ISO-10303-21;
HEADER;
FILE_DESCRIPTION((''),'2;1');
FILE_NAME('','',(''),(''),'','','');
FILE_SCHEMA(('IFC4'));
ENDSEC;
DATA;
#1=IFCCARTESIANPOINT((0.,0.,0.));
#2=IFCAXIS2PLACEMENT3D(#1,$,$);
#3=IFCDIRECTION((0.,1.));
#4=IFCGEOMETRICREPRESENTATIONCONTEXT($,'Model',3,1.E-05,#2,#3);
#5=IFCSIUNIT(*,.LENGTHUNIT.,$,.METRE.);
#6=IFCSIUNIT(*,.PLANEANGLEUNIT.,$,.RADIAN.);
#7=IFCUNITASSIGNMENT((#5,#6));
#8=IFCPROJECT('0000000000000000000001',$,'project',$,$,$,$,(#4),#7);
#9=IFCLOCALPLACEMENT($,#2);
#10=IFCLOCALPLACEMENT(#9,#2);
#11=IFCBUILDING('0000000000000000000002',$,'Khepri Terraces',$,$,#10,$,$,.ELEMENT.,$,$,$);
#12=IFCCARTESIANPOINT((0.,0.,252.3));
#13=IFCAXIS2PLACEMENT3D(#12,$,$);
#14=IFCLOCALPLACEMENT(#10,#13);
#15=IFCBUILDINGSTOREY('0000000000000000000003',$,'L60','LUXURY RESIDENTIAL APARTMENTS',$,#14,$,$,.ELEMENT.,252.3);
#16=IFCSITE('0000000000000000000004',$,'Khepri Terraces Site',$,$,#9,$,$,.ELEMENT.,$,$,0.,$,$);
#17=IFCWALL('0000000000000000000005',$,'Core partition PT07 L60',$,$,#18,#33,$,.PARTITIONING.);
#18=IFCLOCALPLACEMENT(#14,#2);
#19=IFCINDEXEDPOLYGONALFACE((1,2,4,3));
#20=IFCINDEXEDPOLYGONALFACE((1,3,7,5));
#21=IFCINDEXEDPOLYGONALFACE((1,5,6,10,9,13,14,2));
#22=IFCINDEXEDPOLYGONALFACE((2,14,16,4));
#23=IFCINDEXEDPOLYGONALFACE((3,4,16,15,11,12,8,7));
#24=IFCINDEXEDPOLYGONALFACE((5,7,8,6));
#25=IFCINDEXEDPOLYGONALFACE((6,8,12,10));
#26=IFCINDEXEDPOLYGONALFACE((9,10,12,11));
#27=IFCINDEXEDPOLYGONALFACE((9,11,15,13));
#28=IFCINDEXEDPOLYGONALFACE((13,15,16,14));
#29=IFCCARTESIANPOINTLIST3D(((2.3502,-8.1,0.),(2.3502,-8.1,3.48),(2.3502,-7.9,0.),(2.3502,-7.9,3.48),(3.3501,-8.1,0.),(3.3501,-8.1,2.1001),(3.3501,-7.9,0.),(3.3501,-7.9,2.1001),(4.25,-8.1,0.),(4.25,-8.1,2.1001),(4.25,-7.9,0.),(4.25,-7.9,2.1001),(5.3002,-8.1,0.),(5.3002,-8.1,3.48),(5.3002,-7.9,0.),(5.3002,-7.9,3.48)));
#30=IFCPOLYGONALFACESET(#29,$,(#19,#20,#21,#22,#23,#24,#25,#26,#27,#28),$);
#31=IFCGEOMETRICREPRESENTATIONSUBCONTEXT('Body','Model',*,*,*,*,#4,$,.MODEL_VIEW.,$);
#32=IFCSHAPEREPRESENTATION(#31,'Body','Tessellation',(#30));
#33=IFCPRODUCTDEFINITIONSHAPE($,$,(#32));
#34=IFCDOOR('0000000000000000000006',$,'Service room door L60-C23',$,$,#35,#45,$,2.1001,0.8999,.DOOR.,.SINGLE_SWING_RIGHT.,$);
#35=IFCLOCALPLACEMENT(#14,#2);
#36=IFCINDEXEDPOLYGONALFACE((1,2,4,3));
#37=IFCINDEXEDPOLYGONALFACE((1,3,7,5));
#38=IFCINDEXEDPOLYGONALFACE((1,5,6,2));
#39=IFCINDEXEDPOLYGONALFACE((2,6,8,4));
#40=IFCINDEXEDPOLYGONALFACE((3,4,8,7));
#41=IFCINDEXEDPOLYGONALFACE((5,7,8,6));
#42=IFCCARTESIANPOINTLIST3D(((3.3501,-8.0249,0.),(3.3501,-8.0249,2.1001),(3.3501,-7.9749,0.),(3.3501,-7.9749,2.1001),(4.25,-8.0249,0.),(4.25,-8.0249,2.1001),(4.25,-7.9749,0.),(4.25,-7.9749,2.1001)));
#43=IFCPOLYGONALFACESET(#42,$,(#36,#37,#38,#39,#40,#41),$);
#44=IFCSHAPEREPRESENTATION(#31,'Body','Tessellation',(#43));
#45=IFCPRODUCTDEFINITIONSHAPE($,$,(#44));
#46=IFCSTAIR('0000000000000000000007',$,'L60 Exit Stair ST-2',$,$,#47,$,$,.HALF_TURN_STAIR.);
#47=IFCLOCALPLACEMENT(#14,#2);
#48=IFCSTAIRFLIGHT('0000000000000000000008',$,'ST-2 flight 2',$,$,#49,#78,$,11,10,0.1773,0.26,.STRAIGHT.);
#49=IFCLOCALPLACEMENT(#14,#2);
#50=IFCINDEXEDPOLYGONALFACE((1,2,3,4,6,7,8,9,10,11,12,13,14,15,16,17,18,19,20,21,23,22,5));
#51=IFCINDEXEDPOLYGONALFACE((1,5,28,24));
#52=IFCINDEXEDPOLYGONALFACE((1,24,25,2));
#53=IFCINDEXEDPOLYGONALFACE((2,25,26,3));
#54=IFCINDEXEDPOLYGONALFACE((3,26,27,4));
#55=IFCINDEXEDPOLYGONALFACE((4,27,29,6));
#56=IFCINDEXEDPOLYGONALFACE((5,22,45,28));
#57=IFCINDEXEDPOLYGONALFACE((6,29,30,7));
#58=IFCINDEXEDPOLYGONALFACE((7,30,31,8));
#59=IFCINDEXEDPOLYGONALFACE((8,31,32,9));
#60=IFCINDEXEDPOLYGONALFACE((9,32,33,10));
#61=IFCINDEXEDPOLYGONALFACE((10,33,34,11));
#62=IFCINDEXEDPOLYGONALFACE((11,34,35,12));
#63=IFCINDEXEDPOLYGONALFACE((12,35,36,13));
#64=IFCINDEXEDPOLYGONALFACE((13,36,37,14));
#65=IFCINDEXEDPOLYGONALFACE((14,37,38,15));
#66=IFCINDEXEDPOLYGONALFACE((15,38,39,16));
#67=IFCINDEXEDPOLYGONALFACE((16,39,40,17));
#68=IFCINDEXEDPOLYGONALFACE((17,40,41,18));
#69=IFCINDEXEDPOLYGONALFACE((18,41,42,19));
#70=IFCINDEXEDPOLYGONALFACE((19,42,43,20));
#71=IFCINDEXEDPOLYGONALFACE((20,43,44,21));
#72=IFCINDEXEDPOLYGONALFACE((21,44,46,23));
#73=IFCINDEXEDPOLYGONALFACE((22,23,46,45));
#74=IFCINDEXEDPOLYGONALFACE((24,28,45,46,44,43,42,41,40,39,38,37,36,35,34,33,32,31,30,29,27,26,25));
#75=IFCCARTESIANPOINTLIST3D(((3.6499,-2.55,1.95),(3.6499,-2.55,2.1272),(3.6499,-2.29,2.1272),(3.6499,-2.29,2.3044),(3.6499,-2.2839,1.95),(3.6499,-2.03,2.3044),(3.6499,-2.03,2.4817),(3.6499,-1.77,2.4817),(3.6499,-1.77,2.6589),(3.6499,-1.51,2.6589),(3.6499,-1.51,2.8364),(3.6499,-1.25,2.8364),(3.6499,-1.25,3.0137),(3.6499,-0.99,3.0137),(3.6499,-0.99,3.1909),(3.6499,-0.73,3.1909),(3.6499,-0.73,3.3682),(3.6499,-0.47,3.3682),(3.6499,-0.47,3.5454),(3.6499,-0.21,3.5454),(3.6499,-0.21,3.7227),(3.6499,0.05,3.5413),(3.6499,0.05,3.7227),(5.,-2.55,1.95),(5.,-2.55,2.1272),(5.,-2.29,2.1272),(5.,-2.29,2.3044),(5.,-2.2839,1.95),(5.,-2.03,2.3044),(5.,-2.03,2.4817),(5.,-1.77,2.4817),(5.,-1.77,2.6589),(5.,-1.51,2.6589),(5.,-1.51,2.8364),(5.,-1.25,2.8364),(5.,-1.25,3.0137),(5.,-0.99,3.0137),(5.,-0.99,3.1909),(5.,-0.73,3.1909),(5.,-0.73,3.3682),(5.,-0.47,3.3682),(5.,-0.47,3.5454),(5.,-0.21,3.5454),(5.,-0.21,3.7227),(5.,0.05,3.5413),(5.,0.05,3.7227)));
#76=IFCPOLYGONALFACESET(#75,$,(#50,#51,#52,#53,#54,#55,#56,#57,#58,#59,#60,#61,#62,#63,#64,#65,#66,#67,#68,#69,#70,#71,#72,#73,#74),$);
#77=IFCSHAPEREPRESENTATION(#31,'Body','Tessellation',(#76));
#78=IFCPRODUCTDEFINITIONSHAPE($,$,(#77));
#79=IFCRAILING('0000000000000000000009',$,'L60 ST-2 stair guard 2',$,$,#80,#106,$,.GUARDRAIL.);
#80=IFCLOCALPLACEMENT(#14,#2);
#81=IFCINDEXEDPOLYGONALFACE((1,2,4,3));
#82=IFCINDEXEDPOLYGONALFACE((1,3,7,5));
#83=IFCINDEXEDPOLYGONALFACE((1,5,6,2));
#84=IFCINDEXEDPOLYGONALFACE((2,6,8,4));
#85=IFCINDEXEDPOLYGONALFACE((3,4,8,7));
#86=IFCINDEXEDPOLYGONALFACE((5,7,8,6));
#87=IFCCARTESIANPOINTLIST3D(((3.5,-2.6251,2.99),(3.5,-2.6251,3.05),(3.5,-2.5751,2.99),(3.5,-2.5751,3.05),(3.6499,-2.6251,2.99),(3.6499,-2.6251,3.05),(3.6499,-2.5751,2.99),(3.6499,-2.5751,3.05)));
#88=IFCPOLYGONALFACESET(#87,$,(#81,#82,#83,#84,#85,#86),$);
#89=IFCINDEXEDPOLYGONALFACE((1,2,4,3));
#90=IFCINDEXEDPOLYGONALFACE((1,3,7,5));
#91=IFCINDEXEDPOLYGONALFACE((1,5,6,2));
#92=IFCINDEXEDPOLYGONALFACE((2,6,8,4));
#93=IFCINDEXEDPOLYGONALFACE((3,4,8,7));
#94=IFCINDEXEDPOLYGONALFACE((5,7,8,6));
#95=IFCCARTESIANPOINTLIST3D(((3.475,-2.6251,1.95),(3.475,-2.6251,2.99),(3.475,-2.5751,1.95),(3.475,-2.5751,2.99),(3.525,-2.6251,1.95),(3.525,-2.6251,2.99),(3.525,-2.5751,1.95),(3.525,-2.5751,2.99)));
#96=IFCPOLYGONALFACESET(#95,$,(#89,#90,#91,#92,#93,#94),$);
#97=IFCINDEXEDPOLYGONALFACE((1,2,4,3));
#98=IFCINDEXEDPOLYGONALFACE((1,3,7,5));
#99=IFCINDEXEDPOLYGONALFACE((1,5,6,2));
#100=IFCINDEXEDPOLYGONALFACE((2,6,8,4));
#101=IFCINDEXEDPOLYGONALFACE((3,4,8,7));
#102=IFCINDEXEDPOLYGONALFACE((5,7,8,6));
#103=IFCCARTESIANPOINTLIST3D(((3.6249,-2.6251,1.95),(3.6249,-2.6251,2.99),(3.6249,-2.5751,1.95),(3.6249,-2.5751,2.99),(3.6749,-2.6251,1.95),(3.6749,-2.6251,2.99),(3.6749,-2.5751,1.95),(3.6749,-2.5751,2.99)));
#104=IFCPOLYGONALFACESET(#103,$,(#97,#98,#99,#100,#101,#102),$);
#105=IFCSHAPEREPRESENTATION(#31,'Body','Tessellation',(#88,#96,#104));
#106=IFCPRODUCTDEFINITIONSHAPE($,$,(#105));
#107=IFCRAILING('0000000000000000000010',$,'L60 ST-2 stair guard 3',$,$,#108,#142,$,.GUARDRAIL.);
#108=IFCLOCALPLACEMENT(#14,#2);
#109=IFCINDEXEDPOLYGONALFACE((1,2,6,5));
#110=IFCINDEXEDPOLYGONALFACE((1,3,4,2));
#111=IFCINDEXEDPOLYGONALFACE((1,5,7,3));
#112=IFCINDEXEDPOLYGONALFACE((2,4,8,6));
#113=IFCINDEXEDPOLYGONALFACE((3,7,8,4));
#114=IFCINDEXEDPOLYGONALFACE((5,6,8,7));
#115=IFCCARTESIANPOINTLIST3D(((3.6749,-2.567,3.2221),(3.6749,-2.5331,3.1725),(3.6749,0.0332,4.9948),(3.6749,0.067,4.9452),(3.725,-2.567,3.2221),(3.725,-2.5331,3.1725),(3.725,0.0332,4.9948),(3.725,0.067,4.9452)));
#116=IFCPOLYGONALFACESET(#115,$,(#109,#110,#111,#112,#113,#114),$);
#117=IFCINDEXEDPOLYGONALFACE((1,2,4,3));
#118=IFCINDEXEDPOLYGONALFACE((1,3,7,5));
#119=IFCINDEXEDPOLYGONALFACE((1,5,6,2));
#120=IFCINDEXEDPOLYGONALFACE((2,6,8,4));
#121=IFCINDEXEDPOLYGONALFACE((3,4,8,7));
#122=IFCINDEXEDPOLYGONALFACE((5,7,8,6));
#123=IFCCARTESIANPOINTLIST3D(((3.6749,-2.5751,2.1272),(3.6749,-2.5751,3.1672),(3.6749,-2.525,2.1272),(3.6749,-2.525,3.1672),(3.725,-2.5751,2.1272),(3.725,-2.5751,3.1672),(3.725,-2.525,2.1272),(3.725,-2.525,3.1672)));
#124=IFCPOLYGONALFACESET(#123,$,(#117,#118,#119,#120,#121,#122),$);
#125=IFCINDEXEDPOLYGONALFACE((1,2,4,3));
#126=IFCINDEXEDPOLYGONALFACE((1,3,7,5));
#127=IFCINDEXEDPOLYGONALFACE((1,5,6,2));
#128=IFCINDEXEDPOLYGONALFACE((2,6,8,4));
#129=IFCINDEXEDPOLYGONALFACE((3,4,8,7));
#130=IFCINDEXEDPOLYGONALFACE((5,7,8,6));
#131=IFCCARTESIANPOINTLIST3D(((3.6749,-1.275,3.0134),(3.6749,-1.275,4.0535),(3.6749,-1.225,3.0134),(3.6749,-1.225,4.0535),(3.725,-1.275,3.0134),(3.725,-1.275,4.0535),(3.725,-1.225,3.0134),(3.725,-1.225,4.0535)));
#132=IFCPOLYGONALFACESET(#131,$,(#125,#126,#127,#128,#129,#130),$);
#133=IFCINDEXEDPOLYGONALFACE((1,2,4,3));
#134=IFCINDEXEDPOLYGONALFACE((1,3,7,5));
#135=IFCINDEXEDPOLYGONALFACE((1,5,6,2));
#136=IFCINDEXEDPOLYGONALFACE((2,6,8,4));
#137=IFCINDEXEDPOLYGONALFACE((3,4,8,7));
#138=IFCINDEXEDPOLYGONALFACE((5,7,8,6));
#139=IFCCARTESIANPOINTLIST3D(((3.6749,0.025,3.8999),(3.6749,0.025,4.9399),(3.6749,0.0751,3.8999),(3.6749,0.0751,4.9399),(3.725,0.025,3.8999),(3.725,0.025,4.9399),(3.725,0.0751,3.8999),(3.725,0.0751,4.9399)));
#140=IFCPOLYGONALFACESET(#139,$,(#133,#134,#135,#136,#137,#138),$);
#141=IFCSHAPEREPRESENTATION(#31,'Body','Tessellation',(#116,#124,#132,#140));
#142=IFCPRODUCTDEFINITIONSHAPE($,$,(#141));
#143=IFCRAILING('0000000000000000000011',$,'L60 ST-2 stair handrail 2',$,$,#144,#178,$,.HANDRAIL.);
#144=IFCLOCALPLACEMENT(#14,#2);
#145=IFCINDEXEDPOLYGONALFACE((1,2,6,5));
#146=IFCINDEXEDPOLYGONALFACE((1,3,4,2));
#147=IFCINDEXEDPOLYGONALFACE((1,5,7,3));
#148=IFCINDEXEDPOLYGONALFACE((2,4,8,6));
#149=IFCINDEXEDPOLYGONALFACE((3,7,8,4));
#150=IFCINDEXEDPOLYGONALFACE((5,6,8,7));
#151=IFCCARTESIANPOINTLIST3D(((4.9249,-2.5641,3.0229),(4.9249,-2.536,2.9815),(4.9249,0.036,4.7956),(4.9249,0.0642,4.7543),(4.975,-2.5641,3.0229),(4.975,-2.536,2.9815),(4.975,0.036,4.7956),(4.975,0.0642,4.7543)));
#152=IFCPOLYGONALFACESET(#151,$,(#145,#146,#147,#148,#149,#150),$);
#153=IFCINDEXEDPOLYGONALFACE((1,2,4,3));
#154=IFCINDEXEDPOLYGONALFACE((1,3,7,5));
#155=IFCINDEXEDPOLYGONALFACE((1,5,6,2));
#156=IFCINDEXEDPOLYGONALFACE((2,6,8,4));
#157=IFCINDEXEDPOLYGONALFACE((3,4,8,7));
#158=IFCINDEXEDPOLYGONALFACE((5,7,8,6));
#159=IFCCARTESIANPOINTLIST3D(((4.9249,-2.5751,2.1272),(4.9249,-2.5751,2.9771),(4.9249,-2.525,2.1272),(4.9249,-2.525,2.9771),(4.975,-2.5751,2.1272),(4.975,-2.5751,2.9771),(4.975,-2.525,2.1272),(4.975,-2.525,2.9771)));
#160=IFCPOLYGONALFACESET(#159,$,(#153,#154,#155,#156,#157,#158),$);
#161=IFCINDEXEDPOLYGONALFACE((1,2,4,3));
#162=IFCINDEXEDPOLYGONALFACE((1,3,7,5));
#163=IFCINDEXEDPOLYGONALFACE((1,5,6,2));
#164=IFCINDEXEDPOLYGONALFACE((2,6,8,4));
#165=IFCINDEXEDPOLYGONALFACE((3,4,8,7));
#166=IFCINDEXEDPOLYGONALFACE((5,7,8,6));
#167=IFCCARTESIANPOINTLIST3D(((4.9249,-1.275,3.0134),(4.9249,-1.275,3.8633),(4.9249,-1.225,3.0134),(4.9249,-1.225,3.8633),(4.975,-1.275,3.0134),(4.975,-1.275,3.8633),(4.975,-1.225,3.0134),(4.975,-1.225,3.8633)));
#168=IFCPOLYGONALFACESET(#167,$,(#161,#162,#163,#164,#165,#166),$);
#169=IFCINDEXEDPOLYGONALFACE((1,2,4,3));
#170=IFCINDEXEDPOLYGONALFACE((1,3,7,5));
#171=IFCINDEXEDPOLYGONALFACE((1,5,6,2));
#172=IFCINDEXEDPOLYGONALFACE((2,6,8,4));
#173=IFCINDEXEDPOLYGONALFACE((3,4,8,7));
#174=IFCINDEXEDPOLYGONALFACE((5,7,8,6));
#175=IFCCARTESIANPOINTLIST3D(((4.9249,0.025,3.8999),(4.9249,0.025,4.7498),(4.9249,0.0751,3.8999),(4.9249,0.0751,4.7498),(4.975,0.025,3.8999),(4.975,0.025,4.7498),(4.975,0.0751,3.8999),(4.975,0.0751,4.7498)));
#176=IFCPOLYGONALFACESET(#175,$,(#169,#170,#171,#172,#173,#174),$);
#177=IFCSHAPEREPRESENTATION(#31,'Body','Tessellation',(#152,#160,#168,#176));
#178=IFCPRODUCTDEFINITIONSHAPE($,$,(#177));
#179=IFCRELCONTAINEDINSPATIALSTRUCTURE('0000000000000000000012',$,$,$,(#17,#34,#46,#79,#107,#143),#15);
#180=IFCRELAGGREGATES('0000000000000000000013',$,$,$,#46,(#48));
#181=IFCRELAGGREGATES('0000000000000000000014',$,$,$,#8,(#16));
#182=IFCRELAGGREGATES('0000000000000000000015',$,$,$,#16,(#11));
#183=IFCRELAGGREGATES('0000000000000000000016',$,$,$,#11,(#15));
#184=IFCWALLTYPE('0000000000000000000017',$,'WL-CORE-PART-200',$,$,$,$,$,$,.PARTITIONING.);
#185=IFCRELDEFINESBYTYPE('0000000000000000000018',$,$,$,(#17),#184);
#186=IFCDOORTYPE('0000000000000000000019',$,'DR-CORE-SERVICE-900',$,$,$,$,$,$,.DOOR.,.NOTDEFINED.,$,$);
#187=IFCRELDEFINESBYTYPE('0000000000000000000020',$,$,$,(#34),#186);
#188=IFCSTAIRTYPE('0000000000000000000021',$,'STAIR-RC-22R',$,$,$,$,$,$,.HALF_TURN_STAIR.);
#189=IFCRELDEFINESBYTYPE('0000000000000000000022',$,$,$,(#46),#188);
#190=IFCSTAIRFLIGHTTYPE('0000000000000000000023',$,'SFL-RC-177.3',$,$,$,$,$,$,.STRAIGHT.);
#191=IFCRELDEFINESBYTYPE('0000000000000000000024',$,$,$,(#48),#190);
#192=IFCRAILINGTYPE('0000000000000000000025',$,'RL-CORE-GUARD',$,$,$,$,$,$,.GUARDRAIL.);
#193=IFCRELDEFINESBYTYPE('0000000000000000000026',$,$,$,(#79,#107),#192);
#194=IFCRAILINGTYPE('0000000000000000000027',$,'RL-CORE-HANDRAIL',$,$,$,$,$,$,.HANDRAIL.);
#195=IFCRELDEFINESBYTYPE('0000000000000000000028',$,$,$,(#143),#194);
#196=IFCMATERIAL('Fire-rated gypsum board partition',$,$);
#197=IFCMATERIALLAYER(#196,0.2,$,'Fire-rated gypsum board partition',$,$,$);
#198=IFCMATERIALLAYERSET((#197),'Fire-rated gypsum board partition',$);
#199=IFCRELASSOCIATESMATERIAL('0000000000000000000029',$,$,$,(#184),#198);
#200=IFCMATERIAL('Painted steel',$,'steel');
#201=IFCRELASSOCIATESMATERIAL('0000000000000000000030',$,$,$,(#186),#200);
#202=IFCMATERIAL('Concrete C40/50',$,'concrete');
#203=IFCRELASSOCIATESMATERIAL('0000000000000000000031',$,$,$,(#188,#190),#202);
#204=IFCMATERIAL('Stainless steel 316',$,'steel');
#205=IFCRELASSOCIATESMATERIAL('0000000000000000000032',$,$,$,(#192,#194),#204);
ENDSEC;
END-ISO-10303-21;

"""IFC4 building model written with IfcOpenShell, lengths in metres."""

from ifc_helpers import new_model, si_unit, direction, frame, frame_2d, origin, origin_2d, place, context, subcontext, project, spatial, polyline, rectangle, outline, extrude, material, layer, layer_set, type_object, element, fill, aggregate, save


model = new_model("IFC4")

# Units and contexts
model_context = context("Model", 3, precision=1e-05, world=origin(), true_north=direction((0.0, 1.0)))
body_context = subcontext(model_context, "Body", "Model", "MODEL_VIEW")
ifc_project = project(units=[si_unit("LENGTHUNIT", "METRE"), si_unit("PLANEANGLEUNIT", "RADIAN")], contexts=[model_context])

# Site, building, storey
site_placement = place(None, origin())
site = spatial("IfcSite", under=ifc_project, at=site_placement, Name="Khepri Terraces Site", CompositionType="ELEMENT", RefElevation=0.0)
building_placement = place(site_placement, origin())
building = spatial("IfcBuilding", under=site, at=building_placement, Name="Khepri Terraces", CompositionType="ELEMENT")
storey_placement = place(building_placement, frame((0.0, 0.0, 252.3)))
storey = spatial("IfcBuildingStorey", under=building, at=storey_placement, Name="L60", Description="LUXURY RESIDENTIAL APARTMENTS", CompositionType="ELEMENT", Elevation=252.3)

# Shared definitions
ifc_material_1 = material(Name="Concrete C40/50", Category="concrete")
ifc_material_2 = material(Name="Painted steel", Category="steel")

# Wall, opening, door
ifc_material_3 = material(Name="Fire-rated gypsum board partition")
ifc_layer_1 = layer(ifc_material_3, 0.2, Name="Fire-rated gypsum board partition")
ifc_layer_set_1 = layer_set([ifc_layer_1], Name="Fire-rated gypsum board partition")
wall_type_1 = type_object("IfcWallType", Name="WL-CORE-PART-200", PredefinedType="PARTITIONING", material=ifc_layer_set_1)
wall_1_placement = place(storey_placement, frame((2.3501, -8.0, 0.0), z_axis=(0.0, 0.0, 1.0), x_axis=(1.0, 0.0, 0.0)))
wall_1 = element("IfcWall", 1, at=wall_1_placement, inside=storey, type_object=wall_type_1, Name="Core partition PT07 L60", PredefinedType="PARTITIONING", context=body_context, shape_type="SweptSolid", body=[
    extrude(rectangle(XDim=2.95, YDim=0.2, at=frame_2d((1.4751, 0.0))), origin(), (0.0, 0.0, 1.0), 3.48),
])
opening_1_placement = place(wall_1_placement, frame((1.0, 0.0, 0.0)))
opening_1 = element("IfcOpeningElement", 2, at=opening_1_placement, cuts=wall_1, PredefinedType="OPENING", context=body_context, shape_type="SweptSolid", body=[
    extrude(rectangle(XDim=0.8999, YDim=2.1001, at=frame_2d((0.45, 1.05))), frame((0.0, 0.1099, 0.0), z_axis=(0.0, -1.0, 0.0), x_axis=(1.0, 0.0, 0.0)), (0.0, 0.0, 1.0), 0.22),
])
door_type_1 = type_object("IfcDoorType", Name="DR-CORE-SERVICE-900", OperationType="NOTDEFINED", PredefinedType="DOOR", material=ifc_material_2)
door_1_placement = place(opening_1_placement, frame((0.8999, 0.0, 0.0), z_axis=(0.0, 0.0, 1.0), x_axis=(-1.0, 0.0, 0.0)))
door_1 = element("IfcDoor", 3, at=door_1_placement, inside=storey, type_object=door_type_1, Name="Service room door L60-C23", OperationType="SINGLE_SWING_RIGHT", OverallHeight=2.1001, OverallWidth=0.8999, PredefinedType="DOOR", context=body_context, shape_type="SweptSolid", body=[
    extrude(rectangle(XDim=0.8999, YDim=2.1001, at=frame_2d((0.45, 1.05))), frame((0.0, 0.0249, 0.0), z_axis=(0.0, -1.0, 0.0), x_axis=(1.0, 0.0, 0.0)), (0.0, 0.0, 1.0), 0.05),
])
fill(opening_1, door_1)

# Stair, stair flight
stair_type = type_object("IfcStairType", Name="STAIR-RC-22R", PredefinedType="HALF_TURN_STAIR", material=ifc_material_1)
stair_placement = place(storey_placement, origin())
stair = element("IfcStair", 4, at=stair_placement, inside=storey, type_object=stair_type, Name="L60 Exit Stair ST-2", PredefinedType="HALF_TURN_STAIR")
stair_flight_type = type_object("IfcStairFlightType", Name="SFL-RC-177.3", PredefinedType="STRAIGHT", material=ifc_material_1)
stair_flight_placement = place(storey_placement, frame((4.325, -2.55, 1.95), z_axis=(0.0, 0.0, 1.0), x_axis=(0.0, 1.0, 0.0)))
stair_flight = element("IfcStairFlight", 5, at=stair_flight_placement, type_object=stair_flight_type, Name="ST-2 flight 2", NumberOfRisers=11, NumberOfTreads=10, PredefinedType="STRAIGHT", RiserHeight=0.1773, TreadLength=0.26, context=body_context, shape_type="SweptSolid", body=[
    extrude(outline(polyline([(0.0, 0.0), (0.0, 0.1772), (0.26, 0.1772), (0.26, 0.3545), (0.52, 0.3545), (0.52, 0.5317), (0.78, 0.5317), (0.78, 0.709), (1.04, 0.709), (1.04, 0.8865), (1.3, 0.8865), (1.3, 1.0637), (1.5601, 1.0637), (1.5601, 1.241), (1.8201, 1.241), (1.8201, 1.4182), (2.0801, 1.4182), (2.0801, 1.5955), (2.3401, 1.5955), (2.3401, 1.7727), (2.6001, 1.7727), (2.6001, 1.95), (2.6001, 1.5913), (0.2661, 0.0), (0.0, 0.0)])), frame((0.0, 0.675, 0.0), z_axis=(0.0, -1.0, 0.0), x_axis=(1.0, 0.0, 0.0)), (0.0, 0.0, 1.0), 1.3501),
])
aggregate(stair, [stair_flight])

# Railings
ifc_material_4 = material(Name="Stainless steel 316", Category="steel")
railing_type_1 = type_object("IfcRailingType", Name="RL-CORE-GUARD", PredefinedType="GUARDRAIL", material=ifc_material_4)
railing_1_placement = place(storey_placement, frame((3.5, -2.6001, 1.95)))
element("IfcRailing", 6, at=railing_1_placement, inside=storey, type_object=railing_type_1, Name="L60 ST-2 stair guard 2", PredefinedType="GUARDRAIL", context=body_context, shape_type="SweptSolid", body=[
    extrude(rectangle(XDim=0.05, YDim=0.0601, at=origin_2d()), frame((0.0, 0.0, 1.0701), z_axis=(1.0, 0.0, 0.0), x_axis=(0.0, 1.0, 0.0)), (0.0, 0.0, 1.0), 0.1499),
    extrude(rectangle(XDim=0.05, YDim=0.05, at=origin_2d()), origin(), (0.0, 0.0, 1.0), 1.04),
    extrude(rectangle(XDim=0.05, YDim=0.05, at=origin_2d()), frame((0.1499, 0.0, 0.0)), (0.0, 0.0, 1.0), 1.04),
])
railing_2_placement = place(storey_placement, frame((3.7, -2.55, 2.1272)))
element("IfcRailing", 7, at=railing_2_placement, inside=storey, type_object=railing_type_1, Name="L60 ST-2 stair guard 3", PredefinedType="GUARDRAIL", context=body_context, shape_type="SweptSolid", body=[
    extrude(rectangle(XDim=0.05, YDim=0.0601, at=origin_2d()), frame((0.0, 0.0, 1.0701), z_axis=(0.0, 0.82624, 0.563318), x_axis=(-1.0, 0.0, 0.0)), (0.0, 0.0, 1.0), 3.147),
    extrude(rectangle(XDim=0.05, YDim=0.05, at=origin_2d()), origin(), (0.0, 0.0, 1.0), 1.04),
    extrude(rectangle(XDim=0.05, YDim=0.05, at=origin_2d()), frame((0.0, 1.3, 0.8862)), (0.0, 0.0, 1.0), 1.04),
    extrude(rectangle(XDim=0.05, YDim=0.05, at=origin_2d()), frame((0.0, 2.6001, 1.7727)), (0.0, 0.0, 1.0), 1.04),
])
railing_type_2 = type_object("IfcRailingType", Name="RL-CORE-HANDRAIL", PredefinedType="HANDRAIL", material=ifc_material_4)
railing_3_placement = place(storey_placement, frame((4.95, -2.55, 2.1272)))
element("IfcRailing", 8, at=railing_3_placement, inside=storey, type_object=railing_type_2, Name="L60 ST-2 stair handrail 2", PredefinedType="HANDRAIL", context=body_context, shape_type="SweptSolid", body=[
    extrude(rectangle(XDim=0.05, YDim=0.05, at=origin_2d()), frame((0.0, 0.0, 0.875), z_axis=(0.0, 0.82624, 0.563318), x_axis=(-1.0, 0.0, 0.0)), (0.0, 0.0, 1.0), 3.147),
    extrude(rectangle(XDim=0.05, YDim=0.05, at=origin_2d()), origin(), (0.0, 0.0, 1.0), 0.8499),
    extrude(rectangle(XDim=0.05, YDim=0.05, at=origin_2d()), frame((0.0, 1.3, 0.8862)), (0.0, 0.0, 1.0), 0.8499),
    extrude(rectangle(XDim=0.05, YDim=0.05, at=origin_2d()), frame((0.0, 2.6001, 1.7727)), (0.0, 0.0, 1.0), 0.8499),
])

save(model, "model.ifc")
